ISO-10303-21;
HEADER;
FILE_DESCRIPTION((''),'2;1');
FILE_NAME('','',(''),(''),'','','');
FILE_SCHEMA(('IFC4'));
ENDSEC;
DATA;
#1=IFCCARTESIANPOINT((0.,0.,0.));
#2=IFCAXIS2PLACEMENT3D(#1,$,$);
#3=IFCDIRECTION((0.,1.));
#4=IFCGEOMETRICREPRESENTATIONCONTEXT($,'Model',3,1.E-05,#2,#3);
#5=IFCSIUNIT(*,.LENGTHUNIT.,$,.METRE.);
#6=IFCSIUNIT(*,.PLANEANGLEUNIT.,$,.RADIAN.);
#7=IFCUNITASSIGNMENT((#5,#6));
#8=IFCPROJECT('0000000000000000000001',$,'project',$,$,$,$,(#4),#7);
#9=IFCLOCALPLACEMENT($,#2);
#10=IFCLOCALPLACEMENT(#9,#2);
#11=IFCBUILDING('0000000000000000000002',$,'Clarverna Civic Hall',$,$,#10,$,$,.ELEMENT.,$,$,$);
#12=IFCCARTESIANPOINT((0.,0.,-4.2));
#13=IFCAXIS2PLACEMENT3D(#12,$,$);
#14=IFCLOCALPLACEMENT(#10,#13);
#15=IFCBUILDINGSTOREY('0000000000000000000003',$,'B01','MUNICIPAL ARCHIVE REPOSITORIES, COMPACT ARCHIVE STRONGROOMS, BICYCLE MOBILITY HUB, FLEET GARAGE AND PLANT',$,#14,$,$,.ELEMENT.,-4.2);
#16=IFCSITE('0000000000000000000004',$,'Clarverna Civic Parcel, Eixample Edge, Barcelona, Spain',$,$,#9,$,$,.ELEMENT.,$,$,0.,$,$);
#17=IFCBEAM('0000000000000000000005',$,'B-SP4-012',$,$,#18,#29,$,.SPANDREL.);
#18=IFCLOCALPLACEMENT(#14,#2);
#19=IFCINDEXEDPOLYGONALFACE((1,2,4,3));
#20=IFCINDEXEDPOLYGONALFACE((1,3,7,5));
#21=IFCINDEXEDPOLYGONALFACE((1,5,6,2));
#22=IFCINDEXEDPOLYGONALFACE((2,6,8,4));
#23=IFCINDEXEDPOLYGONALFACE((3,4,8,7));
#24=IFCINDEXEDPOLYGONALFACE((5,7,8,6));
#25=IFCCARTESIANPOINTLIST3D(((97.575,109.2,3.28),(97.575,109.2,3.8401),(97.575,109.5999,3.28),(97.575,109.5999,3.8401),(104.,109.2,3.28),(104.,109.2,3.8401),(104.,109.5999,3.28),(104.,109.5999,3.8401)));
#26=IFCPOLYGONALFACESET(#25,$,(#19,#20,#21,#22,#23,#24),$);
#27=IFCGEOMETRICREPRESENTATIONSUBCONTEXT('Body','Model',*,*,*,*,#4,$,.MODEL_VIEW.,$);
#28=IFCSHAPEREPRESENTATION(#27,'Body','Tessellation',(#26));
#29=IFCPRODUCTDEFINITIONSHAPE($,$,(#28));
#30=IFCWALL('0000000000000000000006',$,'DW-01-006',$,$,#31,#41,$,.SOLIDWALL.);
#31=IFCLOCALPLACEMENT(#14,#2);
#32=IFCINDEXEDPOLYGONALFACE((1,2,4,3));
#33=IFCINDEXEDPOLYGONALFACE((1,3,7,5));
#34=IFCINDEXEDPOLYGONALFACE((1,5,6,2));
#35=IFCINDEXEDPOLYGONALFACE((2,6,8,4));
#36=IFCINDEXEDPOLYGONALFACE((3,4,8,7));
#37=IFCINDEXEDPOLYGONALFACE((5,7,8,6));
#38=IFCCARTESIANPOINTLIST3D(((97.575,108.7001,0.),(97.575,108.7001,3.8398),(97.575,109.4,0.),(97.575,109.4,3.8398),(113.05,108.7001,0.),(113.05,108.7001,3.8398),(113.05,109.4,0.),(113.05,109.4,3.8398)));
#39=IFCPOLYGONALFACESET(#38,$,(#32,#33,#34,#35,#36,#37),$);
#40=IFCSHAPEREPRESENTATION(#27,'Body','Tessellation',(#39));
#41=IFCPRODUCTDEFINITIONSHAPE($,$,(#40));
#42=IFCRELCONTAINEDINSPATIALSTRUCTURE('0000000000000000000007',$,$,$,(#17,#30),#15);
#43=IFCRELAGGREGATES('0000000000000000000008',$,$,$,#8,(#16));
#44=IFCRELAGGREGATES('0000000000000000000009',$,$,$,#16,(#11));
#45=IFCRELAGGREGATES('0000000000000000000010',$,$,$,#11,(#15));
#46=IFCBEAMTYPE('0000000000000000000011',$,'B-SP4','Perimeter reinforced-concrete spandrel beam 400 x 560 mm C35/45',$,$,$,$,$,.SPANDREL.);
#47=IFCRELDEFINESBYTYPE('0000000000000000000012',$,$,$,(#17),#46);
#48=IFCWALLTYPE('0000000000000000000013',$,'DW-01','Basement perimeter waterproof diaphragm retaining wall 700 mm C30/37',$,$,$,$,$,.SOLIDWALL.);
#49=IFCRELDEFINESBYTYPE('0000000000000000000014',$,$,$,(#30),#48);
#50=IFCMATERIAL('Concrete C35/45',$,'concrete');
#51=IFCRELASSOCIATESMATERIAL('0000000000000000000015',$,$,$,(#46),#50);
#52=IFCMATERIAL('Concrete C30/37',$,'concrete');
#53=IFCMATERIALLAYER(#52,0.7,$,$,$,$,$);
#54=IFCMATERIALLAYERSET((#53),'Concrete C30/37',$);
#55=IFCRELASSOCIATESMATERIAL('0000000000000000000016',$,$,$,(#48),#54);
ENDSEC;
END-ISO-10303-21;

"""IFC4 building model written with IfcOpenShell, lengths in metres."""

from ifc_helpers import new_model, si_unit, direction, frame, frame_2d, origin, origin_2d, place, context, subcontext, project, spatial, rectangle, extrude, material, layer, layer_set, material_profile, profile_set, type_object, element, save


model = new_model("IFC4")

# Units and contexts
model_context = context("Model", 3, precision=1e-05, world=origin(), true_north=direction((0.0, 1.0)))
body_context = subcontext(model_context, "Body", "Model", "MODEL_VIEW")
ifc_project = project(units=[si_unit("LENGTHUNIT", "METRE"), si_unit("PLANEANGLEUNIT", "RADIAN")], contexts=[model_context])

# Site, building, storey
site_placement = place(None, origin())
site = spatial("IfcSite", under=ifc_project, at=site_placement, Name="Clarverna Civic Parcel, Eixample Edge, Barcelona, Spain", CompositionType="ELEMENT", RefElevation=0.0)
building_placement = place(site_placement, origin())
building = spatial("IfcBuilding", under=site, at=building_placement, Name="Clarverna Civic Hall", CompositionType="ELEMENT")
storey_placement = place(building_placement, frame((0.0, 0.0, -4.2)))
storey = spatial("IfcBuildingStorey", under=building, at=storey_placement, Name="B01", Description="MUNICIPAL ARCHIVE REPOSITORIES, COMPACT ARCHIVE STRONGROOMS, BICYCLE MOBILITY HUB, FLEET GARAGE AND PLANT", CompositionType="ELEMENT", Elevation=-4.2)

# Shared definitions
ifc_material_1 = material(Name="Concrete C30/37", Category="concrete")

# Beam
ifc_material_2 = material(Name="Concrete C35/45", Category="concrete")
ifc_material_profile_1 = material_profile(ifc_material_2, rectangle(XDim=0.3999, YDim=0.5601, at=origin_2d()), Name="RC 400x560")
ifc_profile_set_1 = profile_set([ifc_material_profile_1], Name="Concrete C35/45")
beam_type_1 = type_object("IfcBeamType", Name="B-SP4", Description="Perimeter reinforced-concrete spandrel beam 400 x 560 mm C35/45", PredefinedType="SPANDREL", material=ifc_profile_set_1)
beam_1_placement = place(storey_placement, frame((97.575, 109.3999, 3.5601), z_axis=(1.0, 0.0, 0.0), x_axis=(0.0, 1.0, 0.0)))
element("IfcBeam", 1, at=beam_1_placement, inside=storey, type_object=beam_type_1, Name="B-SP4-012", PredefinedType="SPANDREL", context=body_context, shape_type="SweptSolid", body=[
    extrude(rectangle(XDim=0.3999, YDim=0.5601, at=origin_2d()), origin(), (0.0, 0.0, 1.0), 6.425),
])

# Wall
ifc_layer = layer(ifc_material_1, 0.7)
ifc_layer_set = layer_set([ifc_layer], Name="Concrete C30/37")
wall_type = type_object("IfcWallType", Name="DW-01", Description="Basement perimeter waterproof diaphragm retaining wall 700 mm C30/37", PredefinedType="SOLIDWALL", material=ifc_layer_set)
wall_placement = place(storey_placement, frame((97.575, 109.05, 0.0), z_axis=(0.0, 0.0, 1.0), x_axis=(1.0, 0.0, 0.0)))
element("IfcWall", 2, at=wall_placement, inside=storey, type_object=wall_type, Name="DW-01-006", PredefinedType="SOLIDWALL", context=body_context, shape_type="SweptSolid", body=[
    extrude(rectangle(XDim=15.4751, YDim=0.7, at=frame_2d((7.7375, 0.0))), origin(), (0.0, 0.0, 1.0), 3.8398),
])

save(model, "model.ifc")
